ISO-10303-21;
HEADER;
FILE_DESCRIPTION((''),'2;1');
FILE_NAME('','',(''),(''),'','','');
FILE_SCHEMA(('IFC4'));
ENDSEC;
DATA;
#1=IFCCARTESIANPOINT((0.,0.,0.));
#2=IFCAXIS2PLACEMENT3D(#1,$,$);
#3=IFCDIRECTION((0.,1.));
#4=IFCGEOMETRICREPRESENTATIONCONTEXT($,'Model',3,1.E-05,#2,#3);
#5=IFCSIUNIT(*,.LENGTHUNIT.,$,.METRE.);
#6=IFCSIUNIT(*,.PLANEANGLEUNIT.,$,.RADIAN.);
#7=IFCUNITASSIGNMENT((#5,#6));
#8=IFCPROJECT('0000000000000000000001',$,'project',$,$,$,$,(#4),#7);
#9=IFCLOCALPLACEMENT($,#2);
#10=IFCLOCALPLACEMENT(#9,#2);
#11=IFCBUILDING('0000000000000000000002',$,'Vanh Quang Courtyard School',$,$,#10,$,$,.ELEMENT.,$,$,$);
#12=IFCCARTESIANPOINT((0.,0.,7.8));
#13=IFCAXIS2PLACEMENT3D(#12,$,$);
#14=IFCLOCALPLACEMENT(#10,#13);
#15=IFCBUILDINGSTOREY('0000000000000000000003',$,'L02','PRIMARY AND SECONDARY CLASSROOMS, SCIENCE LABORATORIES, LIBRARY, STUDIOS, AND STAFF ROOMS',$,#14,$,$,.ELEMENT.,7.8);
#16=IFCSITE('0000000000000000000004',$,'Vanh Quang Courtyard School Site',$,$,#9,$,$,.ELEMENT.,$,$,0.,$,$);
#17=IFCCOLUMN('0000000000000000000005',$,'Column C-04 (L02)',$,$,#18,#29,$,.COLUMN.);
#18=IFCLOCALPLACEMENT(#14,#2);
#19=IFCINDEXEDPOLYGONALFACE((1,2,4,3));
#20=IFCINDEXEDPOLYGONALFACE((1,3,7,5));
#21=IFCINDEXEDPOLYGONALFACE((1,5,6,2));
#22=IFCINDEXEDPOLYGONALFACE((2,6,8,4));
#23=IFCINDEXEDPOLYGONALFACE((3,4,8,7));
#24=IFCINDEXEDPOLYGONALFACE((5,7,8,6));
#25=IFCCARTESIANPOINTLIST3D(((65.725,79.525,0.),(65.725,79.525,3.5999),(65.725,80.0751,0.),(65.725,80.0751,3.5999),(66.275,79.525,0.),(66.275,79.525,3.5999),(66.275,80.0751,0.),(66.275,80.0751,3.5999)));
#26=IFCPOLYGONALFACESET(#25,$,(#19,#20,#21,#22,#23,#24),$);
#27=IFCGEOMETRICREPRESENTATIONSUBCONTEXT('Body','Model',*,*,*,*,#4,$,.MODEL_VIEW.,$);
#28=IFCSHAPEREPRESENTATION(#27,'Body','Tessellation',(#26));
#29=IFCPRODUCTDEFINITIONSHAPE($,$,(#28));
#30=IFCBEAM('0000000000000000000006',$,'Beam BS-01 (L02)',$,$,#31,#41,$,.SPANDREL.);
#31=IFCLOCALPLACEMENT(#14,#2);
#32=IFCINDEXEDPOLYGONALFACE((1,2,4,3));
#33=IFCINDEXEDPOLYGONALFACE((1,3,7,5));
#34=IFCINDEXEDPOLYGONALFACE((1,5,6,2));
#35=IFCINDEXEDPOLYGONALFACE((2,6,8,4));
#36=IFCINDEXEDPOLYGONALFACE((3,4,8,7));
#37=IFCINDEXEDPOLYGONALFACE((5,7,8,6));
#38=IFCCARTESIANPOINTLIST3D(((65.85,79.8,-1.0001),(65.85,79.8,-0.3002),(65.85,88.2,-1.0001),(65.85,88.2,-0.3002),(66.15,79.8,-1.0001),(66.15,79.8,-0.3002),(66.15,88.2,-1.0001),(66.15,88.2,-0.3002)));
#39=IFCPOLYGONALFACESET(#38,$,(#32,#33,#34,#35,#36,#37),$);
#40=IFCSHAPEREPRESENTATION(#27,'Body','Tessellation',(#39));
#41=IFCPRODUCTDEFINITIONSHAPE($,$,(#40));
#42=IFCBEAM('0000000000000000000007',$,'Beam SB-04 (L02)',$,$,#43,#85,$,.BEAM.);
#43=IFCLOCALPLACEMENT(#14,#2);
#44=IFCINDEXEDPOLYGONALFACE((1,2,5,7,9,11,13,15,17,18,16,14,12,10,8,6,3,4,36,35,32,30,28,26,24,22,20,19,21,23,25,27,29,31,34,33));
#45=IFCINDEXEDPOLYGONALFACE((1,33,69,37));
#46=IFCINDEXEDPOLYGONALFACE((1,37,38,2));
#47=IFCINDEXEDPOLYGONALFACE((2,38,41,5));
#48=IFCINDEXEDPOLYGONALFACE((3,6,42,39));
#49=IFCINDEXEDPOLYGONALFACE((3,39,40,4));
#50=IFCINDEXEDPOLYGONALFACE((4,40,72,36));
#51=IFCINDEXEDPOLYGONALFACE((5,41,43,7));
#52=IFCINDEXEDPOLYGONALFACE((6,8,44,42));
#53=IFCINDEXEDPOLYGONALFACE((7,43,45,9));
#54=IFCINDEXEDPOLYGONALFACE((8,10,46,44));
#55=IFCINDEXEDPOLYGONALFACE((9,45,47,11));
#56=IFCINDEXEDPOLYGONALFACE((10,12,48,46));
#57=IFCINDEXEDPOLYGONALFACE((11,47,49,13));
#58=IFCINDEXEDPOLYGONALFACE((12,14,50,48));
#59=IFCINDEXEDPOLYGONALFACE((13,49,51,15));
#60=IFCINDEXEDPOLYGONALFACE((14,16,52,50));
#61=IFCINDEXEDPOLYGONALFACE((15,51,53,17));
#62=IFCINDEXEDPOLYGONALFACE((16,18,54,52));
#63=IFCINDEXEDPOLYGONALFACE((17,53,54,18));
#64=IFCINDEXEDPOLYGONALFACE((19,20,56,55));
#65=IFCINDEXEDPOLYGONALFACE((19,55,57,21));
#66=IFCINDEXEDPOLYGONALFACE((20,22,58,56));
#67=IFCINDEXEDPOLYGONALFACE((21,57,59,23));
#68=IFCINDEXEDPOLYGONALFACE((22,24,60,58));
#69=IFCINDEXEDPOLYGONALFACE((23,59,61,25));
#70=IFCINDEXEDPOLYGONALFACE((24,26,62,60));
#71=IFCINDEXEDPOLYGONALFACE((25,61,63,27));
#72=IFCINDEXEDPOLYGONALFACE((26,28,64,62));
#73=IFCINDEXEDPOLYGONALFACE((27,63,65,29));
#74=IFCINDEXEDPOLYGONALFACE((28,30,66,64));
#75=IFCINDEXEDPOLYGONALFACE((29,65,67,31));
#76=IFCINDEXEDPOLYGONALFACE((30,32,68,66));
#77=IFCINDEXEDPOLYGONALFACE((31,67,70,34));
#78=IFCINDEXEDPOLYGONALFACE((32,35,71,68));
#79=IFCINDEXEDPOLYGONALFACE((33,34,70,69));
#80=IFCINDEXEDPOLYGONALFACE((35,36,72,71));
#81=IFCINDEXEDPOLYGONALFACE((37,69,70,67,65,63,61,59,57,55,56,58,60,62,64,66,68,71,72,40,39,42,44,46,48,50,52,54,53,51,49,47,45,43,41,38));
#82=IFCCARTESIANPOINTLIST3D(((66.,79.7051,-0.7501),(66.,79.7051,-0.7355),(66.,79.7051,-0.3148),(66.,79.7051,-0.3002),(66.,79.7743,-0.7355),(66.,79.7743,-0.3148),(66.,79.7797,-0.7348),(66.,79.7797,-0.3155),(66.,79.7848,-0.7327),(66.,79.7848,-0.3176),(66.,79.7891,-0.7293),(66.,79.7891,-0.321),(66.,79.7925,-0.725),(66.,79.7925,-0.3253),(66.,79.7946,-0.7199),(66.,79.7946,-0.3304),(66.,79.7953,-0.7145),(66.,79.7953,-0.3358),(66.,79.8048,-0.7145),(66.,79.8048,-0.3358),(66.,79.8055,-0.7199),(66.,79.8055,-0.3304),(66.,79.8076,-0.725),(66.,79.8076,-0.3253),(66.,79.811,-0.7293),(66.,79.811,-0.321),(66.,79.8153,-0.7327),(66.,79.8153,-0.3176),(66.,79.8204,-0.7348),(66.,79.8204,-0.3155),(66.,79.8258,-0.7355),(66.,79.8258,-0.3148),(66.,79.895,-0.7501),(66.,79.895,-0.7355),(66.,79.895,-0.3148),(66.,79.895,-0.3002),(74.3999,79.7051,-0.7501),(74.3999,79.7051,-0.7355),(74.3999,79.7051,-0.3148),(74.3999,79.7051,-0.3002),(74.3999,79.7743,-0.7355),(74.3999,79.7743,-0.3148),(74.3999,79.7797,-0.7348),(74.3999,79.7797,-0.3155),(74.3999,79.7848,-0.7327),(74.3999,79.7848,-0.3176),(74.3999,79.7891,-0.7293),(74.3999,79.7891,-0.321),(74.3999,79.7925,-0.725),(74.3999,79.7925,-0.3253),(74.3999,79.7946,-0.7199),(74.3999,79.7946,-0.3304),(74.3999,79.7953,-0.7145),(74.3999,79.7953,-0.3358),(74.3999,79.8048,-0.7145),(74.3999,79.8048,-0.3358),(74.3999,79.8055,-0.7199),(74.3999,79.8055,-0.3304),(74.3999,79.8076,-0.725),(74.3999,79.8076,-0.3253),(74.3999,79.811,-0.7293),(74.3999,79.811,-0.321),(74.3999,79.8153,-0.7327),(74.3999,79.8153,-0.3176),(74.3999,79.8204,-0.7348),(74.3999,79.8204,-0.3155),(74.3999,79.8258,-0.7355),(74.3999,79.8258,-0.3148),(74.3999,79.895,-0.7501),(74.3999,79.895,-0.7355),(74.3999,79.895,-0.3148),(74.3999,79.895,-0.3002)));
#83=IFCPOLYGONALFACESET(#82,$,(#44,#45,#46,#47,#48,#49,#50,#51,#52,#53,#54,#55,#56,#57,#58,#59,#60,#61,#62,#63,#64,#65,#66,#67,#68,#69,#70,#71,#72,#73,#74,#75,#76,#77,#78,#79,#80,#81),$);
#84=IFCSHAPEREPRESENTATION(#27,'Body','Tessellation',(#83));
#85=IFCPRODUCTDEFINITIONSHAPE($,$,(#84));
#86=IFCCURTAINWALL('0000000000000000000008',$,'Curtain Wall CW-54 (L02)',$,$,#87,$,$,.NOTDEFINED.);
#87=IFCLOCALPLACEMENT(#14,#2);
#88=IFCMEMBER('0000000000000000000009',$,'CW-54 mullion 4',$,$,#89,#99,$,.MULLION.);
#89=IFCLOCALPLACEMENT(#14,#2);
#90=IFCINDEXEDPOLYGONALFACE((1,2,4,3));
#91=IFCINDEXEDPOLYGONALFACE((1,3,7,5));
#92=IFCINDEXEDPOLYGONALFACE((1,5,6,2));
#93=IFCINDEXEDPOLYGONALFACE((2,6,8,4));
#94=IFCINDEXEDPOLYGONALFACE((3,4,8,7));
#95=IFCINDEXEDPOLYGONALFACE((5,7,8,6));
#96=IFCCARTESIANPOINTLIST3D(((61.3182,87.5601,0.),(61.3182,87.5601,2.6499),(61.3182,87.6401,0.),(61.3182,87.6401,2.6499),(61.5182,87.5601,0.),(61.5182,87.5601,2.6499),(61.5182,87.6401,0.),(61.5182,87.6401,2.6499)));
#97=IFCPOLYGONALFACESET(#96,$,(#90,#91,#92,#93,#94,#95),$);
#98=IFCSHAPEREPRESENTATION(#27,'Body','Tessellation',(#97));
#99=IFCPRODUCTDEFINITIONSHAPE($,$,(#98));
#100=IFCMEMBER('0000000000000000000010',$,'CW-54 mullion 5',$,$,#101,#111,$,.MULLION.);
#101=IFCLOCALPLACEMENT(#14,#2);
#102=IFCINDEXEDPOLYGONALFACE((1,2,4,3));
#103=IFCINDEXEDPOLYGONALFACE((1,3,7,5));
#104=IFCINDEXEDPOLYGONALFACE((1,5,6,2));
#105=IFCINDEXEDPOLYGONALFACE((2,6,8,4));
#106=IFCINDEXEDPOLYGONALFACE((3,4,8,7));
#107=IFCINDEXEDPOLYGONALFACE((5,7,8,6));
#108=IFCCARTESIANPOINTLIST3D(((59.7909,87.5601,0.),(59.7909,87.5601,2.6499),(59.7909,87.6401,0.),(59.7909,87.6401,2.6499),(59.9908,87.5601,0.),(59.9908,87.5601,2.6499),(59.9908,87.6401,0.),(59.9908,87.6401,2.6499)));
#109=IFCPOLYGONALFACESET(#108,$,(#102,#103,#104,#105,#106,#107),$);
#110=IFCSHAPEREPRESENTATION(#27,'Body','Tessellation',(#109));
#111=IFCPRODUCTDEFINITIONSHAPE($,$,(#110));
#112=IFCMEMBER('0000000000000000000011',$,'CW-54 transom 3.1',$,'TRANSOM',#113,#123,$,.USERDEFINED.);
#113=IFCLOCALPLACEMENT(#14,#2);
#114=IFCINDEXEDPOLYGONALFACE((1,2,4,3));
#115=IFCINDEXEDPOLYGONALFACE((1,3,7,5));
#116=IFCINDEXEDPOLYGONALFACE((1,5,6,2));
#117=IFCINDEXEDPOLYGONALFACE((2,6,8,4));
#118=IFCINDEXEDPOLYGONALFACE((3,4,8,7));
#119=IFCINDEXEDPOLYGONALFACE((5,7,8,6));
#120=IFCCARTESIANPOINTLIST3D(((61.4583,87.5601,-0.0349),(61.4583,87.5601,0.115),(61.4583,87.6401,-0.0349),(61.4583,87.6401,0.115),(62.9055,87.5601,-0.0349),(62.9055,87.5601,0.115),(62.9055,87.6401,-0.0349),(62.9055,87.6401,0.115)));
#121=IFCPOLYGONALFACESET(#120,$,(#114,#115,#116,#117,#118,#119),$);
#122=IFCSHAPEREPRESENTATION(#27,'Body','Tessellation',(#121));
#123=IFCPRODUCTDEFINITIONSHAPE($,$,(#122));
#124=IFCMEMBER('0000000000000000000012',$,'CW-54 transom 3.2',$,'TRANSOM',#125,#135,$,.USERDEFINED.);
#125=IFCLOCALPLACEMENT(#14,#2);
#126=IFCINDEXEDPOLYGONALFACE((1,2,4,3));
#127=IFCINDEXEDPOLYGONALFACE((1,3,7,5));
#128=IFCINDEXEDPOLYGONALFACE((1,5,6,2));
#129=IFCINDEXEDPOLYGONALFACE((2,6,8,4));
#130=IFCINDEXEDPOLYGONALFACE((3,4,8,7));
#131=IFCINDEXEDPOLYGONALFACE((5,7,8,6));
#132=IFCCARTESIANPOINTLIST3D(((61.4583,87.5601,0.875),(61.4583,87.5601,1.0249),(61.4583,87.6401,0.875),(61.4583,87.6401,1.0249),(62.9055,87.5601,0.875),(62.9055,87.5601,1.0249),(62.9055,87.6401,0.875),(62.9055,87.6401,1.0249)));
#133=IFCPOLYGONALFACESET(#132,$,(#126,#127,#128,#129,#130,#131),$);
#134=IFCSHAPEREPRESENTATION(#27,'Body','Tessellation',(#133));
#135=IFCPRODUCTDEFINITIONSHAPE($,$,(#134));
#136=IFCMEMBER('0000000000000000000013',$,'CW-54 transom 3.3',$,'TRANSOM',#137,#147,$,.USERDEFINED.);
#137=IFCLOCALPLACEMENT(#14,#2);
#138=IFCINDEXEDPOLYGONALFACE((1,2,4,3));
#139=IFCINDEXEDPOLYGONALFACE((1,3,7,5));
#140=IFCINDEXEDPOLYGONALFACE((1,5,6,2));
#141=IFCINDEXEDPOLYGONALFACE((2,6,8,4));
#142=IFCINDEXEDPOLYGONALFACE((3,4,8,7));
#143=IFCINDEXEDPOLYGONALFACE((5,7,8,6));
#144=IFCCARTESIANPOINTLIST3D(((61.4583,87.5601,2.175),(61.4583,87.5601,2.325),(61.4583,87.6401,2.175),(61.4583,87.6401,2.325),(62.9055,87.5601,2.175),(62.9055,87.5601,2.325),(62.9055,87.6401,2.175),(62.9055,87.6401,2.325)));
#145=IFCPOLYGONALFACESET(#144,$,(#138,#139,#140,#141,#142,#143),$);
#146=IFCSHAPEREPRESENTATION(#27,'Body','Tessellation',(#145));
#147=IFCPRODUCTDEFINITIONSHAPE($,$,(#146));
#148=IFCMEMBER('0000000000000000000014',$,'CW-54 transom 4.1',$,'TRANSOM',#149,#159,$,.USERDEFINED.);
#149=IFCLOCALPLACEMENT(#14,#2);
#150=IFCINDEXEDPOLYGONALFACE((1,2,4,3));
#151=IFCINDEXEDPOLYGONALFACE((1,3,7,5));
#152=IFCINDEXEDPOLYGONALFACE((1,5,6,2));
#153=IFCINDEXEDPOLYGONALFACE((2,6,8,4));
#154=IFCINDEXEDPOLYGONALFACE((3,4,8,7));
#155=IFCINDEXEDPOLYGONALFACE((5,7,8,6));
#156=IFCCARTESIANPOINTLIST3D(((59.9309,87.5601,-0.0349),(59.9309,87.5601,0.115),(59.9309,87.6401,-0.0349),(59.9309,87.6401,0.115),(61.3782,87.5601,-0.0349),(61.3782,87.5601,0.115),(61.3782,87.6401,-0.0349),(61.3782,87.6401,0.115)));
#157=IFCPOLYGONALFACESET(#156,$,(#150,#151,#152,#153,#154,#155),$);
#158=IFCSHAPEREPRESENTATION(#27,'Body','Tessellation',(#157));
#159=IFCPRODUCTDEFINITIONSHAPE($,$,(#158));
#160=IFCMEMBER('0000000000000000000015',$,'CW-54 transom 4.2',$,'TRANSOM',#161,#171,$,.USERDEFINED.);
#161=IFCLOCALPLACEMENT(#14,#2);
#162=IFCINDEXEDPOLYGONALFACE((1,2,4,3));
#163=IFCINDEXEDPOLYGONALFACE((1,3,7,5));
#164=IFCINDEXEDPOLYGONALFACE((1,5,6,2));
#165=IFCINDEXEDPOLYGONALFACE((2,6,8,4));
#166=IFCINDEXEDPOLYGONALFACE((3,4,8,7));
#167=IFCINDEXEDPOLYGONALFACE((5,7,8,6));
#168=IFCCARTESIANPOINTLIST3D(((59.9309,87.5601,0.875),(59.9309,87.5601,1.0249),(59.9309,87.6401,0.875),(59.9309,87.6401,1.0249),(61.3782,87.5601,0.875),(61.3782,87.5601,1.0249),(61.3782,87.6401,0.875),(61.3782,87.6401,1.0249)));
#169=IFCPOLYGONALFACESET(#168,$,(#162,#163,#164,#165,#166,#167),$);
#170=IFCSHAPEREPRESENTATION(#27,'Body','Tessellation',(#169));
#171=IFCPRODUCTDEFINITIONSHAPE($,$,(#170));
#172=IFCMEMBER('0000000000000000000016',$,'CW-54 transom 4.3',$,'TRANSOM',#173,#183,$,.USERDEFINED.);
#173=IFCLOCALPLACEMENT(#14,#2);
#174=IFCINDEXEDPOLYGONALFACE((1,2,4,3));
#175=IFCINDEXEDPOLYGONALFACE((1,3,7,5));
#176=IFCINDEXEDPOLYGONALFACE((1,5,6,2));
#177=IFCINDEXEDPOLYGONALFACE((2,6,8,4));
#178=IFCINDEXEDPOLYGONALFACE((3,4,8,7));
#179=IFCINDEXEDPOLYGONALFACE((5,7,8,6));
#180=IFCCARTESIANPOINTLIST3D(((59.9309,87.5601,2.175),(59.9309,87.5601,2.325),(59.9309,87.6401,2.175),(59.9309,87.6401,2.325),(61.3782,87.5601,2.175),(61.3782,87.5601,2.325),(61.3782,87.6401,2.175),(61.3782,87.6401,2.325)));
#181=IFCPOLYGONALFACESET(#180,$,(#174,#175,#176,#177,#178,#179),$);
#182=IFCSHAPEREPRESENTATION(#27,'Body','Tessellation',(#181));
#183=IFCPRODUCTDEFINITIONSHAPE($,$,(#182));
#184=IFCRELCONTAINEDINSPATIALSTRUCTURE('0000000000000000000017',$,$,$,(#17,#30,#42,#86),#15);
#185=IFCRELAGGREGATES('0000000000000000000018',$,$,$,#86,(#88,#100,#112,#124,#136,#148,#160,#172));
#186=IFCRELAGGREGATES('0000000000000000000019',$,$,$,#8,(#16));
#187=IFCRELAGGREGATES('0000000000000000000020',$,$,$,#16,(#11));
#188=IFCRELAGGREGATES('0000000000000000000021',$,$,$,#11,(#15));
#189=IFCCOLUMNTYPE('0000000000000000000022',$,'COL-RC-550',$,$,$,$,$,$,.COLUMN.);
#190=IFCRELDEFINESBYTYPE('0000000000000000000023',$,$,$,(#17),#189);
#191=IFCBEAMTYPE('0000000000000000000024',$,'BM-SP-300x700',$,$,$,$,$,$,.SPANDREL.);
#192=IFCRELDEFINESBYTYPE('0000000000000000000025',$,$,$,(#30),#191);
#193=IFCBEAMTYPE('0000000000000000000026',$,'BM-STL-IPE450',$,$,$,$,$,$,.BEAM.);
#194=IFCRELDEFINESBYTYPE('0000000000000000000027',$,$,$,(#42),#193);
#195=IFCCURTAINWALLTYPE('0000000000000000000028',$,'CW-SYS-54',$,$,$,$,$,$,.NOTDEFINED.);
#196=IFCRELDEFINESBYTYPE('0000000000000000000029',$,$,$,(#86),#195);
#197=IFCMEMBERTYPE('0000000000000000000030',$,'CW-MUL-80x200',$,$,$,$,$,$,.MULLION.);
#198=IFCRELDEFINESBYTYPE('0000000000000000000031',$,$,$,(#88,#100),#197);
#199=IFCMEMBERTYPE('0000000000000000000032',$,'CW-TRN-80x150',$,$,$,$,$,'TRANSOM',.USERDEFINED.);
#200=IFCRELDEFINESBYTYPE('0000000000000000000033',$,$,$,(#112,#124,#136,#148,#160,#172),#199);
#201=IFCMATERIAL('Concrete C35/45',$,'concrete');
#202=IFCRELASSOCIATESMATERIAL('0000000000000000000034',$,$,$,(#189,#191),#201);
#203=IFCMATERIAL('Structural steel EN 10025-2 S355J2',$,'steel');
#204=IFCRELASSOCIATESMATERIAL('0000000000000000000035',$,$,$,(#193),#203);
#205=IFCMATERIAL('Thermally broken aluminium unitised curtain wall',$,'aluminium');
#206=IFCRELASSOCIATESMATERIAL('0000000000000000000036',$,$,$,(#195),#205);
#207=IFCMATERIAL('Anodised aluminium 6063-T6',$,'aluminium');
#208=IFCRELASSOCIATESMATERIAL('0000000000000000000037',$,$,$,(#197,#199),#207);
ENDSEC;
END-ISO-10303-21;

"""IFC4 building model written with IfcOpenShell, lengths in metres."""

from ifc_helpers import new_model, si_unit, direction, frame, origin, origin_2d, place, context, subcontext, project, spatial, rectangle, i_section, extrude, material, material_profile, profile_set, type_object, element, aggregate, save


model = new_model("IFC4")

# Units and contexts
model_context = context("Model", 3, precision=1e-05, world=origin(), true_north=direction((0.0, 1.0)))
body_context = subcontext(model_context, "Body", "Model", "MODEL_VIEW")
ifc_project = project(units=[si_unit("LENGTHUNIT", "METRE"), si_unit("PLANEANGLEUNIT", "RADIAN")], contexts=[model_context])

# Site, building, storey
site_placement = place(None, origin())
site = spatial("IfcSite", under=ifc_project, at=site_placement, Name="Vanh Quang Courtyard School Site", CompositionType="ELEMENT", RefElevation=0.0)
building_placement = place(site_placement, origin())
building = spatial("IfcBuilding", under=site, at=building_placement, Name="Vanh Quang Courtyard School", CompositionType="ELEMENT")
storey_placement = place(building_placement, frame((0.0, 0.0, 7.8)))
storey = spatial("IfcBuildingStorey", under=building, at=storey_placement, Name="L02", Description="PRIMARY AND SECONDARY CLASSROOMS, SCIENCE LABORATORIES, LIBRARY, STUDIOS, AND STAFF ROOMS", CompositionType="ELEMENT", Elevation=7.8)

# Column
ifc_material_1 = material(Name="Concrete C35/45", Category="concrete")
ifc_material_profile_1 = material_profile(ifc_material_1, rectangle(XDim=0.55, YDim=0.55, at=origin_2d()), Name="RC-COL 550x550")
ifc_profile_set_1 = profile_set([ifc_material_profile_1], Name="Concrete C35/45")
column_type = type_object("IfcColumnType", Name="COL-RC-550", PredefinedType="COLUMN", material=ifc_profile_set_1)
column_placement = place(storey_placement, frame((66.0, 79.8, 0.0), z_axis=(0.0, 0.0, 1.0), x_axis=(1.0, 0.0, 0.0)))
element("IfcColumn", 1, at=column_placement, inside=storey, type_object=column_type, Name="Column C-04 (L02)", PredefinedType="COLUMN", context=body_context, shape_type="SweptSolid", body=[
    extrude(rectangle(XDim=0.55, YDim=0.55, at=origin_2d()), origin(), (0.0, 0.0, 1.0), 3.5999),
])

# Beams
ifc_material_profile_2 = material_profile(ifc_material_1, rectangle(XDim=0.3, YDim=0.7, at=origin_2d()), Name="RC-SP 300x700")
ifc_profile_set_2 = profile_set([ifc_material_profile_2], Name="Concrete C35/45")
beam_type_1 = type_object("IfcBeamType", Name="BM-SP-300x700", PredefinedType="SPANDREL", material=ifc_profile_set_2)
beam_1_placement = place(storey_placement, frame((66.0, 79.8, -0.6501), z_axis=(0.0, 1.0, 0.0), x_axis=(-1.0, 0.0, 0.0)))
element("IfcBeam", 2, at=beam_1_placement, inside=storey, type_object=beam_type_1, Name="Beam BS-01 (L02)", PredefinedType="SPANDREL", context=body_context, shape_type="SweptSolid", body=[
    extrude(rectangle(XDim=0.3, YDim=0.7, at=origin_2d()), origin(), (0.0, 0.0, 1.0), 8.3999),
])
ifc_material_2 = material(Name="Structural steel EN 10025-2 S355J2", Category="steel")
ifc_material_profile_3 = material_profile(ifc_material_2, i_section(OverallWidth=0.1899, OverallDepth=0.45, WebThickness=0.0095, FlangeThickness=0.0146, FilletRadius=0.021, at=origin_2d()), Name="IPE 450")
ifc_profile_set_3 = profile_set([ifc_material_profile_3], Name="Structural steel EN 10025-2 S355J2")
beam_type_2 = type_object("IfcBeamType", Name="BM-STL-IPE450", PredefinedType="BEAM", material=ifc_profile_set_3)
beam_2_placement = place(storey_placement, frame((66.0, 79.8, -0.5251), z_axis=(1.0, 0.0, 0.0), x_axis=(0.0, 1.0, 0.0)))
element("IfcBeam", 3, at=beam_2_placement, inside=storey, type_object=beam_type_2, Name="Beam SB-04 (L02)", PredefinedType="BEAM", context=body_context, shape_type="SweptSolid", body=[
    extrude(i_section(OverallWidth=0.1899, OverallDepth=0.45, WebThickness=0.0095, FlangeThickness=0.0146, FilletRadius=0.021, at=origin_2d()), origin(), (0.0, 0.0, 1.0), 8.3999),
])

# Curtain wall, members
ifc_material_3 = material(Name="Thermally broken aluminium unitised curtain wall", Category="aluminium")
curtain_wall_type = type_object("IfcCurtainWallType", Name="CW-SYS-54", PredefinedType="NOTDEFINED", material=ifc_material_3)
curtain_wall_placement = place(storey_placement, origin())
curtain_wall = element("IfcCurtainWall", 4, at=curtain_wall_placement, inside=storey, type_object=curtain_wall_type, Name="Curtain Wall CW-54 (L02)", PredefinedType="NOTDEFINED")
ifc_material_4 = material(Name="Anodised aluminium 6063-T6", Category="aluminium")
ifc_material_profile_4 = material_profile(ifc_material_4, rectangle(XDim=0.0801, YDim=0.2, at=origin_2d()), Name="ALU-MUL 80x200")
ifc_profile_set_4 = profile_set([ifc_material_profile_4], Name="Anodised aluminium 6063-T6")
member_type_1 = type_object("IfcMemberType", Name="CW-MUL-80x200", PredefinedType="MULLION", material=ifc_profile_set_4)
member_1_placement = place(storey_placement, frame((61.4182, 87.6001, 0.0), z_axis=(0.0, 0.0, 1.0), x_axis=(0.0, -1.0, 0.0)))
member_1 = element("IfcMember", 5, at=member_1_placement, type_object=member_type_1, Name="CW-54 mullion 4", PredefinedType="MULLION", context=body_context, shape_type="SweptSolid", body=[
    extrude(rectangle(XDim=0.0801, YDim=0.2, at=origin_2d()), origin(), (0.0, 0.0, 1.0), 2.6499),
])
member_2_placement = place(storey_placement, frame((59.8909, 87.6001, 0.0), z_axis=(0.0, 0.0, 1.0), x_axis=(0.0, -1.0, 0.0)))
member_2 = element("IfcMember", 6, at=member_2_placement, type_object=member_type_1, Name="CW-54 mullion 5", PredefinedType="MULLION", context=body_context, shape_type="SweptSolid", body=[
    extrude(rectangle(XDim=0.0801, YDim=0.2, at=origin_2d()), origin(), (0.0, 0.0, 1.0), 2.6499),
])
ifc_material_profile_5 = material_profile(ifc_material_4, rectangle(XDim=0.0801, YDim=0.1499, at=origin_2d()), Name="ALU-TRN 80x150")
ifc_profile_set_5 = profile_set([ifc_material_profile_5], Name="Anodised aluminium 6063-T6")
member_type_2 = type_object("IfcMemberType", Name="CW-TRN-80x150", ElementType="TRANSOM", PredefinedType="USERDEFINED", material=ifc_profile_set_5)
member_3_placement = place(storey_placement, frame((62.9055, 87.6001, 0.04), z_axis=(-1.0, 0.0, 0.0), x_axis=(0.0, -1.0, 0.0)))
member_3 = element("IfcMember", 7, at=member_3_placement, type_object=member_type_2, Name="CW-54 transom 3.1", ObjectType="TRANSOM", PredefinedType="USERDEFINED", context=body_context, shape_type="SweptSolid", body=[
    extrude(rectangle(XDim=0.0801, YDim=0.1499, at=origin_2d()), origin(), (0.0, 0.0, 1.0), 1.4473),
])
member_4_placement = place(storey_placement, frame((62.9055, 87.6001, 0.95), z_axis=(-1.0, 0.0, 0.0), x_axis=(0.0, -1.0, 0.0)))
member_4 = element("IfcMember", 8, at=member_4_placement, type_object=member_type_2, Name="CW-54 transom 3.2", ObjectType="TRANSOM", PredefinedType="USERDEFINED", context=body_context, shape_type="SweptSolid", body=[
    extrude(rectangle(XDim=0.0801, YDim=0.1499, at=origin_2d()), origin(), (0.0, 0.0, 1.0), 1.4473),
])
member_5_placement = place(storey_placement, frame((62.9055, 87.6001, 2.25), z_axis=(-1.0, 0.0, 0.0), x_axis=(0.0, -1.0, 0.0)))
member_5 = element("IfcMember", 9, at=member_5_placement, type_object=member_type_2, Name="CW-54 transom 3.3", ObjectType="TRANSOM", PredefinedType="USERDEFINED", context=body_context, shape_type="SweptSolid", body=[
    extrude(rectangle(XDim=0.0801, YDim=0.1499, at=origin_2d()), origin(), (0.0, 0.0, 1.0), 1.4473),
])
member_6_placement = place(storey_placement, frame((61.3782, 87.6001, 0.04), z_axis=(-1.0, 0.0, 0.0), x_axis=(0.0, -1.0, 0.0)))
member_6 = element("IfcMember", 10, at=member_6_placement, type_object=member_type_2, Name="CW-54 transom 4.1", ObjectType="TRANSOM", PredefinedType="USERDEFINED", context=body_context, shape_type="SweptSolid", body=[
    extrude(rectangle(XDim=0.0801, YDim=0.1499, at=origin_2d()), origin(), (0.0, 0.0, 1.0), 1.4473),
])
member_7_placement = place(storey_placement, frame((61.3782, 87.6001, 0.95), z_axis=(-1.0, 0.0, 0.0), x_axis=(0.0, -1.0, 0.0)))
member_7 = element("IfcMember", 11, at=member_7_placement, type_object=member_type_2, Name="CW-54 transom 4.2", ObjectType="TRANSOM", PredefinedType="USERDEFINED", context=body_context, shape_type="SweptSolid", body=[
    extrude(rectangle(XDim=0.0801, YDim=0.1499, at=origin_2d()), origin(), (0.0, 0.0, 1.0), 1.4473),
])
member_8_placement = place(storey_placement, frame((61.3782, 87.6001, 2.25), z_axis=(-1.0, 0.0, 0.0), x_axis=(0.0, -1.0, 0.0)))
member_8 = element("IfcMember", 12, at=member_8_placement, type_object=member_type_2, Name="CW-54 transom 4.3", ObjectType="TRANSOM", PredefinedType="USERDEFINED", context=body_context, shape_type="SweptSolid", body=[
    extrude(rectangle(XDim=0.0801, YDim=0.1499, at=origin_2d()), origin(), (0.0, 0.0, 1.0), 1.4473),
])
aggregate(curtain_wall, [member_1, member_2, member_3, member_4, member_5, member_6, member_7, member_8])

save(model, "model.ifc")
